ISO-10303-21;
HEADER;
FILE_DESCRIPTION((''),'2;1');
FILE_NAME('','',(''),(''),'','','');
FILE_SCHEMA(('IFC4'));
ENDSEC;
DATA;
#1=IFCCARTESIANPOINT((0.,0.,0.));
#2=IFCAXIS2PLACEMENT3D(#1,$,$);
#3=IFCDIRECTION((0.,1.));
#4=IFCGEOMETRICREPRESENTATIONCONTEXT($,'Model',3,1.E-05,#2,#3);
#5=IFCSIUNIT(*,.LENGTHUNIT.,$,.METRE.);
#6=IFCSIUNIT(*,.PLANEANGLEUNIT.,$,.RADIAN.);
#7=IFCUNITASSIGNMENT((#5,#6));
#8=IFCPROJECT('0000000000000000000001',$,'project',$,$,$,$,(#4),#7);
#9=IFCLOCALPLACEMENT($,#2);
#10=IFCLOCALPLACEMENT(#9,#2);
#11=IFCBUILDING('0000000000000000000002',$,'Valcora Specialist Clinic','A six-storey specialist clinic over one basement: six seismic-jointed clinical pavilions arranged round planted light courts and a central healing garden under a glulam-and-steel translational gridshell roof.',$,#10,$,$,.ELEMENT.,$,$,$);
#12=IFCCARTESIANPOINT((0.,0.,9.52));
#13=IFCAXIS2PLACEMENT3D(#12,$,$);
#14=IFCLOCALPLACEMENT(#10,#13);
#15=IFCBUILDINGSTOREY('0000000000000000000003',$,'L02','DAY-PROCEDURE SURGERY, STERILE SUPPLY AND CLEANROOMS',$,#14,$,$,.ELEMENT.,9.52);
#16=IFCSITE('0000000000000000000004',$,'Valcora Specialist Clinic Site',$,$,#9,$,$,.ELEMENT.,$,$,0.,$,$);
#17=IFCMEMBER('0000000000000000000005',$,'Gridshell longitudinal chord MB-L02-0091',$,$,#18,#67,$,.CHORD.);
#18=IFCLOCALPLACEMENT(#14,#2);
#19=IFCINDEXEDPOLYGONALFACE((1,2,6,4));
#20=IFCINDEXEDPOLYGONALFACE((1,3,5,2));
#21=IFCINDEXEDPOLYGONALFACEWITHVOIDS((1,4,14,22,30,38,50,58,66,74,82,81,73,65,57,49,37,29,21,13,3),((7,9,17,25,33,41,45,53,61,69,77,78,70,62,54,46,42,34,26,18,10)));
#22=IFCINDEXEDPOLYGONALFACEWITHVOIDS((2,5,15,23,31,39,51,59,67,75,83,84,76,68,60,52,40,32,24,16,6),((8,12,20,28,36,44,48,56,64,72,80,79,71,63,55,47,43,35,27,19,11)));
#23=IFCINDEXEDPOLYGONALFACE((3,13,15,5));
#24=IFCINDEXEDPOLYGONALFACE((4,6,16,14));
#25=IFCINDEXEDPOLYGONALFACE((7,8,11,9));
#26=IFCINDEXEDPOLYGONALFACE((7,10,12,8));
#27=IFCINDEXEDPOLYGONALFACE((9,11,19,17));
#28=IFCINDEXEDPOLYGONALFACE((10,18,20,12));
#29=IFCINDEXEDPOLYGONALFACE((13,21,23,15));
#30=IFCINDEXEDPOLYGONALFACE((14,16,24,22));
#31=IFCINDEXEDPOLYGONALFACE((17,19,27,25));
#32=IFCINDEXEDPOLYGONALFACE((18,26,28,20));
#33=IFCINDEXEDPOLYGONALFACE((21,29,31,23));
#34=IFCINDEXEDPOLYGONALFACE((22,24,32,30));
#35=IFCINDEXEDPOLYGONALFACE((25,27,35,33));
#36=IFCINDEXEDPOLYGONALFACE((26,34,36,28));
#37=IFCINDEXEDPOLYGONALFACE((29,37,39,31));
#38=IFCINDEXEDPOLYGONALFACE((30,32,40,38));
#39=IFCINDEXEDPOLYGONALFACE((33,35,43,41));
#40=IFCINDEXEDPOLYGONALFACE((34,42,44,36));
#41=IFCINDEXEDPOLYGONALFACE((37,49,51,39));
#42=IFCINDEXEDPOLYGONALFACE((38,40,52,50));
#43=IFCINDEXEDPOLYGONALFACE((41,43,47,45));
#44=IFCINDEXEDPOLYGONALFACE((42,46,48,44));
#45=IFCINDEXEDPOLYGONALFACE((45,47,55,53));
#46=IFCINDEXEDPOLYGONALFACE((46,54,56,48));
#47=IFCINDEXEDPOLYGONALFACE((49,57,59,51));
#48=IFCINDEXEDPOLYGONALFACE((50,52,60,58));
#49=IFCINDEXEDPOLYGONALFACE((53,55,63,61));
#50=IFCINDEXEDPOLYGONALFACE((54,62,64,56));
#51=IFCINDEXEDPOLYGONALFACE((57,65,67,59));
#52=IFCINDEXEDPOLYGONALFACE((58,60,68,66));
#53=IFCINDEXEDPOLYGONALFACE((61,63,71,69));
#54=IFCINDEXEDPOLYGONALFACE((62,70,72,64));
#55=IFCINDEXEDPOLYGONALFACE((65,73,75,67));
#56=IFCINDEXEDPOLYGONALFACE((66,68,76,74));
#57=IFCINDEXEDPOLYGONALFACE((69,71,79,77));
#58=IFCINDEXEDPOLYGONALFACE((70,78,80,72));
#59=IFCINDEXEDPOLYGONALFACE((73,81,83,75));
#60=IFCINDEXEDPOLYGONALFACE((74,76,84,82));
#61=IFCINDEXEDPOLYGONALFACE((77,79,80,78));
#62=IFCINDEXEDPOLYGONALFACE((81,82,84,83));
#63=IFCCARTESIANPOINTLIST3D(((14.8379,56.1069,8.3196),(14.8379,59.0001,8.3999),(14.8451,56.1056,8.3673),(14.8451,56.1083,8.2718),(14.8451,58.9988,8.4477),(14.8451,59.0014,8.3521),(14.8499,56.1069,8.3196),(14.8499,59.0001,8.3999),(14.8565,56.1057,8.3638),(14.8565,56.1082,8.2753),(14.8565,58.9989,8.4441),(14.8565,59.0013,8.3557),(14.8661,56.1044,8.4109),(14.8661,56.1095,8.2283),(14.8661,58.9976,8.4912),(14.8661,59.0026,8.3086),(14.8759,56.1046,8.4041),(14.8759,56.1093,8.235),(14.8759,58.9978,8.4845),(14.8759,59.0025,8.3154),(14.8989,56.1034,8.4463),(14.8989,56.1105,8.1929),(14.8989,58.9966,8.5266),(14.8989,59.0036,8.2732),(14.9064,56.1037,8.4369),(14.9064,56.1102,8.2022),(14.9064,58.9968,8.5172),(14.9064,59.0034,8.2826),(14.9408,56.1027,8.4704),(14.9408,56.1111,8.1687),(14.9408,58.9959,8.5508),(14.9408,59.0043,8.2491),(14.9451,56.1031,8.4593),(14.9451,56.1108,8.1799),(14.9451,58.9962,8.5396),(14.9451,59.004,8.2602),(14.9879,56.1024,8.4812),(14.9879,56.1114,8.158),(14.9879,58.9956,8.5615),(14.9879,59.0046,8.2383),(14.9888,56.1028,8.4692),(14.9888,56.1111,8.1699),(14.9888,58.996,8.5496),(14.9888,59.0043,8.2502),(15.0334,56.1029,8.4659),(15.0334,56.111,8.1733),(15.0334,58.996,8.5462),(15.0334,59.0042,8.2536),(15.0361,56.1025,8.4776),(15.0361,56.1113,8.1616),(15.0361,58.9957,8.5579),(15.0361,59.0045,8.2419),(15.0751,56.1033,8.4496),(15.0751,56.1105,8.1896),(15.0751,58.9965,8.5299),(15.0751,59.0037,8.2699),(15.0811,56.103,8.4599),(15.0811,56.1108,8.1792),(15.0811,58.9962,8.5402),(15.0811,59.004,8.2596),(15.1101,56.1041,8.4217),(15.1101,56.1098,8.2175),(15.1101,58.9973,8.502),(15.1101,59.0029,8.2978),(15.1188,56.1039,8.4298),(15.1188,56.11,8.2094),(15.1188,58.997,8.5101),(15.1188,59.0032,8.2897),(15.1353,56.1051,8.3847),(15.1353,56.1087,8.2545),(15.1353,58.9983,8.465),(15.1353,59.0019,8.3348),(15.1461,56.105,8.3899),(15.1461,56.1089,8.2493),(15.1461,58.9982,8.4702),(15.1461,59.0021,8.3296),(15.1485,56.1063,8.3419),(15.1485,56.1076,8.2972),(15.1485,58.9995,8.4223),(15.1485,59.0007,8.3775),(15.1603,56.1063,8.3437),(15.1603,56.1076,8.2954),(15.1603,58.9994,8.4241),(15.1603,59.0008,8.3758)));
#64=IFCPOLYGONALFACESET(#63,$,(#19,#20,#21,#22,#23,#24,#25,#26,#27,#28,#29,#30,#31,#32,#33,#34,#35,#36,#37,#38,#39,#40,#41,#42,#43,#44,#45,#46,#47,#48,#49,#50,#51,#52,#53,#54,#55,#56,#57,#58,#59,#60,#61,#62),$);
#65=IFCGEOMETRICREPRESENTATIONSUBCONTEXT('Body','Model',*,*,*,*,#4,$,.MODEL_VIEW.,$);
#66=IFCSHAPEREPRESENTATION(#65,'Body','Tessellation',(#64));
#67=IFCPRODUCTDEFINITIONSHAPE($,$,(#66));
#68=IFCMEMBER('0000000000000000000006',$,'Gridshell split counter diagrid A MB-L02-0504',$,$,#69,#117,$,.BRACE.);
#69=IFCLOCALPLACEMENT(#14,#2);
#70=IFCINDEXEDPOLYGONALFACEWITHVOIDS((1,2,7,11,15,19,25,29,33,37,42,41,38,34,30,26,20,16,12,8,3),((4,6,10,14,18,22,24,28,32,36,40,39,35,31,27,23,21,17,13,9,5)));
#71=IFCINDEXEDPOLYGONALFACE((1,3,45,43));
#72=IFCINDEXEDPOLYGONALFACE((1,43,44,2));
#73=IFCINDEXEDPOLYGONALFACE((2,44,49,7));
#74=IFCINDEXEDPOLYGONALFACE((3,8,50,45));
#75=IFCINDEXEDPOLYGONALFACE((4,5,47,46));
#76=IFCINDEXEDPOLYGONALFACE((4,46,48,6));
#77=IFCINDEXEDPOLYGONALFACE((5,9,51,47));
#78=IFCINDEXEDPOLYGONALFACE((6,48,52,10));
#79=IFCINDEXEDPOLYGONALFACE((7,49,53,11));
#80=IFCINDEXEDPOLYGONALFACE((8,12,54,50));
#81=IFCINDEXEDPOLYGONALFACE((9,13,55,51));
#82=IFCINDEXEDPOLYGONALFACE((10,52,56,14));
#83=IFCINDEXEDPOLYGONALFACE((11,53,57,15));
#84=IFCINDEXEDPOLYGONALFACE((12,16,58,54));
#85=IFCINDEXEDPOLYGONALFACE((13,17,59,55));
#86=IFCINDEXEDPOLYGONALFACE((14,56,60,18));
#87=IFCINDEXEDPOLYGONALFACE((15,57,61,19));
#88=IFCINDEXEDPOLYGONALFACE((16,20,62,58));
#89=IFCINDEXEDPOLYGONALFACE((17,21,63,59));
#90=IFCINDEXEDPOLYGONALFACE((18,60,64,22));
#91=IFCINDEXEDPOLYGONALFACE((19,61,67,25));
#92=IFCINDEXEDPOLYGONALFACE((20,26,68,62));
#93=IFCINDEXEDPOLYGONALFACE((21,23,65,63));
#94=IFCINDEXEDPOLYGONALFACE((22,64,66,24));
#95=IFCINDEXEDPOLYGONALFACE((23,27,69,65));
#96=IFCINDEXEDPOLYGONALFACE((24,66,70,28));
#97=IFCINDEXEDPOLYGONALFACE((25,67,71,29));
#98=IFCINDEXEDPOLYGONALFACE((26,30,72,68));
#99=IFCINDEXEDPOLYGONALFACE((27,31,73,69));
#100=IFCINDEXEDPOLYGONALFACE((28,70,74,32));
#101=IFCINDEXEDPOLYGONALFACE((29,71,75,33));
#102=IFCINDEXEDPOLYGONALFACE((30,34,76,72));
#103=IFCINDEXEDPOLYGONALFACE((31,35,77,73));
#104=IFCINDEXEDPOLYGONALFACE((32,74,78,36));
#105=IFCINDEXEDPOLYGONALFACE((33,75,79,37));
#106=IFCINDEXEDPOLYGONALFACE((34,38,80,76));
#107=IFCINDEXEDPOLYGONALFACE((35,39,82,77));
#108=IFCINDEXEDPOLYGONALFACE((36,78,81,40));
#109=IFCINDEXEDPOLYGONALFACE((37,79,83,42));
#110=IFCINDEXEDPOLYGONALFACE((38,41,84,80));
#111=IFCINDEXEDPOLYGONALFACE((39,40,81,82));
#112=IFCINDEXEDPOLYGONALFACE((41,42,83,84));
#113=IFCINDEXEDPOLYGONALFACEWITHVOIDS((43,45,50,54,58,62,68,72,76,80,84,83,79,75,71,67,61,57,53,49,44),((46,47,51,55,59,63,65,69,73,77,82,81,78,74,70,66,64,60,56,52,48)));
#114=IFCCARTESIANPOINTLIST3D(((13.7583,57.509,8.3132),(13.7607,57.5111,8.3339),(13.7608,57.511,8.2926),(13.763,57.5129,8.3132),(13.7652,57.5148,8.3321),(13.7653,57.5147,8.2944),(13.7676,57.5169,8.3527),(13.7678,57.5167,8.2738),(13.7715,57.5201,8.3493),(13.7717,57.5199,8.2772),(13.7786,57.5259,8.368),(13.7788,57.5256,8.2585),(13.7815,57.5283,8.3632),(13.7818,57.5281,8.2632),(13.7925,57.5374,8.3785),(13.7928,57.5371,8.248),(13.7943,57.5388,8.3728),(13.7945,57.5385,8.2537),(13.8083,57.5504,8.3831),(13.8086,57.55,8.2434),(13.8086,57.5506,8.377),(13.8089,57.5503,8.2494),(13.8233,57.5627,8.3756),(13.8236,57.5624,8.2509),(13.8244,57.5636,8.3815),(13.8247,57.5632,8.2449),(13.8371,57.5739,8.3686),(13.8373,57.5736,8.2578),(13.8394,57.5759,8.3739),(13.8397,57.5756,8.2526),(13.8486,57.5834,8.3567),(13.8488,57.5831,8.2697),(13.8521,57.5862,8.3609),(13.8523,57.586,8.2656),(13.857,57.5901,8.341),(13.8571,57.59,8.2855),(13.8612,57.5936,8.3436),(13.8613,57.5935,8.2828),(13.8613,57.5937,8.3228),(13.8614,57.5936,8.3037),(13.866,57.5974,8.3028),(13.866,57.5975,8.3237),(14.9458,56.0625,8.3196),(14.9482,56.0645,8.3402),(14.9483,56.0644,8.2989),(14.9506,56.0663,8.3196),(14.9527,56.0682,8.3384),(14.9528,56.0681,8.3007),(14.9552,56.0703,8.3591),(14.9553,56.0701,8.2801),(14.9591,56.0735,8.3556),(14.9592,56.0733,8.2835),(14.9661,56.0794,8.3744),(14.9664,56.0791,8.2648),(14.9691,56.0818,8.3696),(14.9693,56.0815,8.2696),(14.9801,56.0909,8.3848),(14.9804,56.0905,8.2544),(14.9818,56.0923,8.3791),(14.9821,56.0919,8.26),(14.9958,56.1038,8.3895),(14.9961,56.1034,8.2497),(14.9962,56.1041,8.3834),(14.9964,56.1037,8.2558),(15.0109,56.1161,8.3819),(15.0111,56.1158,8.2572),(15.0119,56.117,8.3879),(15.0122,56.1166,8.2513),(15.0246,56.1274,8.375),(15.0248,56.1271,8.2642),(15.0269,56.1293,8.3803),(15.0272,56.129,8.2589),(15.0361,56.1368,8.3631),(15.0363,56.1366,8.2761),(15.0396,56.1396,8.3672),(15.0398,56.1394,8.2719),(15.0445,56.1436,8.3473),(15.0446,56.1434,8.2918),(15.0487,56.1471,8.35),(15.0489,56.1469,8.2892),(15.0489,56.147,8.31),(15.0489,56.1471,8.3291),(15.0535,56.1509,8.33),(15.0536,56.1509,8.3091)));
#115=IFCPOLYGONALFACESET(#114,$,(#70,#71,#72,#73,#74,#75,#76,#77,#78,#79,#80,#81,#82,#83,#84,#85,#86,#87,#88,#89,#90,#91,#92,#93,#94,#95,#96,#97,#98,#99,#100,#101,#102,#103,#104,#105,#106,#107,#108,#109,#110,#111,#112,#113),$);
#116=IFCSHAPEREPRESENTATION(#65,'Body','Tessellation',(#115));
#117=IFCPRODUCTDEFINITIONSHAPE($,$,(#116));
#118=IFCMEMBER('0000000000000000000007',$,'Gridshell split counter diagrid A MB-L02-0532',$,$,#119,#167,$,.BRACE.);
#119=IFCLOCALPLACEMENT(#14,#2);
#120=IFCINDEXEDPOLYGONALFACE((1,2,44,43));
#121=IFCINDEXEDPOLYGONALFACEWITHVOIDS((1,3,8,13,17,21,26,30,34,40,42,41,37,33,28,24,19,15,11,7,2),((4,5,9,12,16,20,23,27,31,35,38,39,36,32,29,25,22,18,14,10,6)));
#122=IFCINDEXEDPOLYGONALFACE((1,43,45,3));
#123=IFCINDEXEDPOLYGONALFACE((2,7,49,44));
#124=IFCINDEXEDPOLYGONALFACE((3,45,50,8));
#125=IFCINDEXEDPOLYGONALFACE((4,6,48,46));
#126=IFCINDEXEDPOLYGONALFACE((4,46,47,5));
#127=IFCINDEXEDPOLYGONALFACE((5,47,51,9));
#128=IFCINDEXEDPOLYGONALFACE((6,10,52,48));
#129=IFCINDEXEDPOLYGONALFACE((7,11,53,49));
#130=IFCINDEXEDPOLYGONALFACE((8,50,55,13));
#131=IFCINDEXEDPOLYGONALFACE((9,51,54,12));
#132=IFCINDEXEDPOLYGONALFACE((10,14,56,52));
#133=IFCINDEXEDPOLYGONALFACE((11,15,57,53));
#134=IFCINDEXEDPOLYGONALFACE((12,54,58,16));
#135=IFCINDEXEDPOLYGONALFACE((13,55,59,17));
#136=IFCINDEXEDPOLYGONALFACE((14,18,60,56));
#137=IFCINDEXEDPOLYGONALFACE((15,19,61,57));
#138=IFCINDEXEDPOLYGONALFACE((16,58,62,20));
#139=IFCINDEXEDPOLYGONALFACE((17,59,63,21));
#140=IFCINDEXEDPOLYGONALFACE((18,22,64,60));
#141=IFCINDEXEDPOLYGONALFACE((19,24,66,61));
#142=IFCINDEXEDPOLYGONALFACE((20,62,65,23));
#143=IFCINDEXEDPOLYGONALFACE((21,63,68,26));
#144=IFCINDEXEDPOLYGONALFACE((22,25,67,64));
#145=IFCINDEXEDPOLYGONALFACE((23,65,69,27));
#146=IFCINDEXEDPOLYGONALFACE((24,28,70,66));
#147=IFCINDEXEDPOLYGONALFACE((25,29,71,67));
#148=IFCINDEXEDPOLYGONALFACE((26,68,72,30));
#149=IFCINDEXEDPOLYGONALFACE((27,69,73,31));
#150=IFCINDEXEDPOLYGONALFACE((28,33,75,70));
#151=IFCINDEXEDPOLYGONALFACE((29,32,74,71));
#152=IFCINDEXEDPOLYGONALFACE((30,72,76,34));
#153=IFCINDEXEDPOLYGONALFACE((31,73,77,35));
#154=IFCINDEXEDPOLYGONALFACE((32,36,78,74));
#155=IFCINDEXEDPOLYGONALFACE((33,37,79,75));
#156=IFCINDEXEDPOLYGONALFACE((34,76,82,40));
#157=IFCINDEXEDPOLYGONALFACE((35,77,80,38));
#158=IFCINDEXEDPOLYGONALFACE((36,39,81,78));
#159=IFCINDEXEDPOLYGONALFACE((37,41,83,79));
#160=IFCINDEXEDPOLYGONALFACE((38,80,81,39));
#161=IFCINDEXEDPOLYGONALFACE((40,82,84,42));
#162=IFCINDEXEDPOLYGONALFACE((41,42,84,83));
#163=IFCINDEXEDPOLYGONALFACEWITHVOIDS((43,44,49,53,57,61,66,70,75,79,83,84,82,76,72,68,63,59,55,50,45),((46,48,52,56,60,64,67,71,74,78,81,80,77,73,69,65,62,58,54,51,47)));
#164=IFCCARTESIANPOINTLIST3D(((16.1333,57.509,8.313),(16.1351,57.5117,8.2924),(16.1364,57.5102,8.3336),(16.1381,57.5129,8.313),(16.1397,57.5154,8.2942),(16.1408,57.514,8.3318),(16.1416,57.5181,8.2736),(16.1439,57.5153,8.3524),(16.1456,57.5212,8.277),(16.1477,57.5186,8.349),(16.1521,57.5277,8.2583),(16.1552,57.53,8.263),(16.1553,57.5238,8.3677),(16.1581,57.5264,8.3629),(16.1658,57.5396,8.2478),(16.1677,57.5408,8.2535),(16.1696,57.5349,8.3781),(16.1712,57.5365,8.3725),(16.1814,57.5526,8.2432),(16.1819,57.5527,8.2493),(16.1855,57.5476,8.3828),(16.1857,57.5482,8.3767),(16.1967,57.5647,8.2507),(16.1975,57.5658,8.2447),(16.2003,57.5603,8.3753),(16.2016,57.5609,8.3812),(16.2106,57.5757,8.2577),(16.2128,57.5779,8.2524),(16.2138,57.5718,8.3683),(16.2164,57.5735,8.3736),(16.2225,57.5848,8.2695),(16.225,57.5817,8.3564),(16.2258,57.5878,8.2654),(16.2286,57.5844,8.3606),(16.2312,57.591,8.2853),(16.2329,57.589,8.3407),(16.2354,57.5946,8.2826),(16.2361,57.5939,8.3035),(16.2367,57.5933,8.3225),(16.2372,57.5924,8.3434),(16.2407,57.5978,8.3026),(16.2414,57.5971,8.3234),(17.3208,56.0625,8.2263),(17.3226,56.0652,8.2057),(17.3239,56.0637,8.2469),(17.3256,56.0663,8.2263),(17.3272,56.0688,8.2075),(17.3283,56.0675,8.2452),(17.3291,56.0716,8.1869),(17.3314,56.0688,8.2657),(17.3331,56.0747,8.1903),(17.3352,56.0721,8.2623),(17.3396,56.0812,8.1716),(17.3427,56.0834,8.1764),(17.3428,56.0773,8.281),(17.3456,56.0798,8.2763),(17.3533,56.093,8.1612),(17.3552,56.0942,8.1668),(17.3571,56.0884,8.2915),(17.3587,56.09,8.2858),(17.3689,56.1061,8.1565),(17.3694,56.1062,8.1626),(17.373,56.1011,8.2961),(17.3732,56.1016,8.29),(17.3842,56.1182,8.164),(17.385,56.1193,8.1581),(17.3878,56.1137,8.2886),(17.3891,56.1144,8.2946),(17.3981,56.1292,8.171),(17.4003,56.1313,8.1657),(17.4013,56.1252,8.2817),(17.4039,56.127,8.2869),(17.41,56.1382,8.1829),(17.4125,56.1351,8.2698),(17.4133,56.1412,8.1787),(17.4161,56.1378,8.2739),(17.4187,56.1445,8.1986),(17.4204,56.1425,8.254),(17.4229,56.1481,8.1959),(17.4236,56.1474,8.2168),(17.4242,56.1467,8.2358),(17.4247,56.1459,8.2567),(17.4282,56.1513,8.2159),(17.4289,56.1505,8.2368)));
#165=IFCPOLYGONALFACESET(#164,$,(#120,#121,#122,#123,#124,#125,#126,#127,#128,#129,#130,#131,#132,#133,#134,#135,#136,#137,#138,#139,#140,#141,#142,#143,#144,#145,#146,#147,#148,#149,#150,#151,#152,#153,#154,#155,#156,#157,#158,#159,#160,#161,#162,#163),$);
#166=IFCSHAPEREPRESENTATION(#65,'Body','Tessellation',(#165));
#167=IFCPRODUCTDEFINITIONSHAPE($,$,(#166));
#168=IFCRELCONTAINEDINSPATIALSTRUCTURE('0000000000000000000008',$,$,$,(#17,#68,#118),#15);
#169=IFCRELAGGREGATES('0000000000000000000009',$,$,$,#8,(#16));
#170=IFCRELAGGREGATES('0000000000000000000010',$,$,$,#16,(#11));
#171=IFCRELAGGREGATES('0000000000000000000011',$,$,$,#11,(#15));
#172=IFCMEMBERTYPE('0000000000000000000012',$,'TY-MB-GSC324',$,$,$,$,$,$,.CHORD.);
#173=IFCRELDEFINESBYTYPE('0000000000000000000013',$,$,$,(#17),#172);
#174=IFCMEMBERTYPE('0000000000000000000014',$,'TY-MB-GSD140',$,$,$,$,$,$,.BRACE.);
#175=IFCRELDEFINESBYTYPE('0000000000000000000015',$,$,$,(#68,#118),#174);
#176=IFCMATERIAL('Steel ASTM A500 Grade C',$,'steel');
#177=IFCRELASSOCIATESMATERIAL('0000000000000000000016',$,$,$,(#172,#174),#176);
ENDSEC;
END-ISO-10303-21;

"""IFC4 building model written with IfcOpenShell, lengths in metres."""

from ifc_helpers import new_model, si_unit, direction, frame, origin, origin_2d, place, context, subcontext, project, spatial, hollow_circle, extrude, material, material_profile, profile_set, type_object, element, save


model = new_model("IFC4")

# Units and contexts
model_context = context("Model", 3, precision=1e-05, world=origin(), true_north=direction((0.0, 1.0)))
body_context = subcontext(model_context, "Body", "Model", "MODEL_VIEW")
ifc_project = project(units=[si_unit("LENGTHUNIT", "METRE"), si_unit("PLANEANGLEUNIT", "RADIAN")], contexts=[model_context])

# Site, building, storey
site_placement = place(None, origin())
site = spatial("IfcSite", under=ifc_project, at=site_placement, Name="Valcora Specialist Clinic Site", CompositionType="ELEMENT", RefElevation=0.0)
building_placement = place(site_placement, origin())
building = spatial("IfcBuilding", under=site, at=building_placement, Name="Valcora Specialist Clinic", Description="A six-storey specialist clinic over one basement: six seismic-jointed clinical pavilions arranged round planted light courts and a central healing garden under a glulam-and-steel translational gridshell roof.", CompositionType="ELEMENT")
storey_placement = place(building_placement, frame((0.0, 0.0, 9.52)))
storey = spatial("IfcBuildingStorey", under=building, at=storey_placement, Name="L02", Description="DAY-PROCEDURE SURGERY, STERILE SUPPLY AND CLEANROOMS", CompositionType="ELEMENT", Elevation=9.52)

# Members
ifc_material_1 = material(Name="Steel ASTM A500 Grade C", Category="steel")
ifc_material_profile_1 = material_profile(ifc_material_1, hollow_circle(Radius=0.1621, WallThickness=0.012, at=origin_2d()), Name="ST-CHS-324X12")
ifc_profile_set_1 = profile_set([ifc_material_profile_1], Name="Steel ASTM A500 Grade C")
member_type_1 = type_object("IfcMemberType", Name="TY-MB-GSC324", PredefinedType="CHORD", material=ifc_profile_set_1)
member_1_placement = place(storey_placement, frame((15.0, 56.1069, 8.3196), z_axis=(0.0, 0.999615, 0.027753), x_axis=(-1.0, 0.0, 0.0)))
element("IfcMember", 1, at=member_1_placement, inside=storey, type_object=member_type_1, Name="Gridshell longitudinal chord MB-L02-0091", PredefinedType="CHORD", context=body_context, shape_type="SweptSolid", body=[
    extrude(hollow_circle(Radius=0.1621, WallThickness=0.012, at=origin_2d()), origin(), (0.0, 0.0, 1.0), 2.8943),
])
ifc_material_profile_2 = material_profile(ifc_material_1, hollow_circle(Radius=0.0701, WallThickness=0.0061, at=origin_2d()), Name="ST-CHS-140X6")
ifc_profile_set_2 = profile_set([ifc_material_profile_2], Name="Steel ASTM A500 Grade C")
member_type_2 = type_object("IfcMemberType", Name="TY-MB-GSD140", PredefinedType="BRACE", material=ifc_profile_set_2)
member_2_placement = place(storey_placement, frame((15.0, 56.1069, 8.3196), z_axis=(-0.634505, 0.772911, -0.003392), x_axis=(-0.772916, -0.634508, 0.0)))
element("IfcMember", 2, at=member_2_placement, inside=storey, type_object=member_type_2, Name="Gridshell split counter diagrid A MB-L02-0504", PredefinedType="BRACE", context=body_context, shape_type="SweptSolid", body=[
    extrude(hollow_circle(Radius=0.0701, WallThickness=0.0061, at=origin_2d()), origin(), (0.0, 0.0, 1.0), 1.8716),
])
member_3_placement = place(storey_placement, frame((17.375, 56.1069, 8.2263), z_axis=(-0.633829, 0.772088, 0.04626), x_axis=(-0.772916, -0.634508, 0.0)))
element("IfcMember", 3, at=member_3_placement, inside=storey, type_object=member_type_2, Name="Gridshell split counter diagrid A MB-L02-0532", PredefinedType="BRACE", context=body_context, shape_type="SweptSolid", body=[
    extrude(hollow_circle(Radius=0.0701, WallThickness=0.0061, at=origin_2d()), origin(), (0.0, 0.0, 1.0), 1.8735),
])

save(model, "model.ifc")
